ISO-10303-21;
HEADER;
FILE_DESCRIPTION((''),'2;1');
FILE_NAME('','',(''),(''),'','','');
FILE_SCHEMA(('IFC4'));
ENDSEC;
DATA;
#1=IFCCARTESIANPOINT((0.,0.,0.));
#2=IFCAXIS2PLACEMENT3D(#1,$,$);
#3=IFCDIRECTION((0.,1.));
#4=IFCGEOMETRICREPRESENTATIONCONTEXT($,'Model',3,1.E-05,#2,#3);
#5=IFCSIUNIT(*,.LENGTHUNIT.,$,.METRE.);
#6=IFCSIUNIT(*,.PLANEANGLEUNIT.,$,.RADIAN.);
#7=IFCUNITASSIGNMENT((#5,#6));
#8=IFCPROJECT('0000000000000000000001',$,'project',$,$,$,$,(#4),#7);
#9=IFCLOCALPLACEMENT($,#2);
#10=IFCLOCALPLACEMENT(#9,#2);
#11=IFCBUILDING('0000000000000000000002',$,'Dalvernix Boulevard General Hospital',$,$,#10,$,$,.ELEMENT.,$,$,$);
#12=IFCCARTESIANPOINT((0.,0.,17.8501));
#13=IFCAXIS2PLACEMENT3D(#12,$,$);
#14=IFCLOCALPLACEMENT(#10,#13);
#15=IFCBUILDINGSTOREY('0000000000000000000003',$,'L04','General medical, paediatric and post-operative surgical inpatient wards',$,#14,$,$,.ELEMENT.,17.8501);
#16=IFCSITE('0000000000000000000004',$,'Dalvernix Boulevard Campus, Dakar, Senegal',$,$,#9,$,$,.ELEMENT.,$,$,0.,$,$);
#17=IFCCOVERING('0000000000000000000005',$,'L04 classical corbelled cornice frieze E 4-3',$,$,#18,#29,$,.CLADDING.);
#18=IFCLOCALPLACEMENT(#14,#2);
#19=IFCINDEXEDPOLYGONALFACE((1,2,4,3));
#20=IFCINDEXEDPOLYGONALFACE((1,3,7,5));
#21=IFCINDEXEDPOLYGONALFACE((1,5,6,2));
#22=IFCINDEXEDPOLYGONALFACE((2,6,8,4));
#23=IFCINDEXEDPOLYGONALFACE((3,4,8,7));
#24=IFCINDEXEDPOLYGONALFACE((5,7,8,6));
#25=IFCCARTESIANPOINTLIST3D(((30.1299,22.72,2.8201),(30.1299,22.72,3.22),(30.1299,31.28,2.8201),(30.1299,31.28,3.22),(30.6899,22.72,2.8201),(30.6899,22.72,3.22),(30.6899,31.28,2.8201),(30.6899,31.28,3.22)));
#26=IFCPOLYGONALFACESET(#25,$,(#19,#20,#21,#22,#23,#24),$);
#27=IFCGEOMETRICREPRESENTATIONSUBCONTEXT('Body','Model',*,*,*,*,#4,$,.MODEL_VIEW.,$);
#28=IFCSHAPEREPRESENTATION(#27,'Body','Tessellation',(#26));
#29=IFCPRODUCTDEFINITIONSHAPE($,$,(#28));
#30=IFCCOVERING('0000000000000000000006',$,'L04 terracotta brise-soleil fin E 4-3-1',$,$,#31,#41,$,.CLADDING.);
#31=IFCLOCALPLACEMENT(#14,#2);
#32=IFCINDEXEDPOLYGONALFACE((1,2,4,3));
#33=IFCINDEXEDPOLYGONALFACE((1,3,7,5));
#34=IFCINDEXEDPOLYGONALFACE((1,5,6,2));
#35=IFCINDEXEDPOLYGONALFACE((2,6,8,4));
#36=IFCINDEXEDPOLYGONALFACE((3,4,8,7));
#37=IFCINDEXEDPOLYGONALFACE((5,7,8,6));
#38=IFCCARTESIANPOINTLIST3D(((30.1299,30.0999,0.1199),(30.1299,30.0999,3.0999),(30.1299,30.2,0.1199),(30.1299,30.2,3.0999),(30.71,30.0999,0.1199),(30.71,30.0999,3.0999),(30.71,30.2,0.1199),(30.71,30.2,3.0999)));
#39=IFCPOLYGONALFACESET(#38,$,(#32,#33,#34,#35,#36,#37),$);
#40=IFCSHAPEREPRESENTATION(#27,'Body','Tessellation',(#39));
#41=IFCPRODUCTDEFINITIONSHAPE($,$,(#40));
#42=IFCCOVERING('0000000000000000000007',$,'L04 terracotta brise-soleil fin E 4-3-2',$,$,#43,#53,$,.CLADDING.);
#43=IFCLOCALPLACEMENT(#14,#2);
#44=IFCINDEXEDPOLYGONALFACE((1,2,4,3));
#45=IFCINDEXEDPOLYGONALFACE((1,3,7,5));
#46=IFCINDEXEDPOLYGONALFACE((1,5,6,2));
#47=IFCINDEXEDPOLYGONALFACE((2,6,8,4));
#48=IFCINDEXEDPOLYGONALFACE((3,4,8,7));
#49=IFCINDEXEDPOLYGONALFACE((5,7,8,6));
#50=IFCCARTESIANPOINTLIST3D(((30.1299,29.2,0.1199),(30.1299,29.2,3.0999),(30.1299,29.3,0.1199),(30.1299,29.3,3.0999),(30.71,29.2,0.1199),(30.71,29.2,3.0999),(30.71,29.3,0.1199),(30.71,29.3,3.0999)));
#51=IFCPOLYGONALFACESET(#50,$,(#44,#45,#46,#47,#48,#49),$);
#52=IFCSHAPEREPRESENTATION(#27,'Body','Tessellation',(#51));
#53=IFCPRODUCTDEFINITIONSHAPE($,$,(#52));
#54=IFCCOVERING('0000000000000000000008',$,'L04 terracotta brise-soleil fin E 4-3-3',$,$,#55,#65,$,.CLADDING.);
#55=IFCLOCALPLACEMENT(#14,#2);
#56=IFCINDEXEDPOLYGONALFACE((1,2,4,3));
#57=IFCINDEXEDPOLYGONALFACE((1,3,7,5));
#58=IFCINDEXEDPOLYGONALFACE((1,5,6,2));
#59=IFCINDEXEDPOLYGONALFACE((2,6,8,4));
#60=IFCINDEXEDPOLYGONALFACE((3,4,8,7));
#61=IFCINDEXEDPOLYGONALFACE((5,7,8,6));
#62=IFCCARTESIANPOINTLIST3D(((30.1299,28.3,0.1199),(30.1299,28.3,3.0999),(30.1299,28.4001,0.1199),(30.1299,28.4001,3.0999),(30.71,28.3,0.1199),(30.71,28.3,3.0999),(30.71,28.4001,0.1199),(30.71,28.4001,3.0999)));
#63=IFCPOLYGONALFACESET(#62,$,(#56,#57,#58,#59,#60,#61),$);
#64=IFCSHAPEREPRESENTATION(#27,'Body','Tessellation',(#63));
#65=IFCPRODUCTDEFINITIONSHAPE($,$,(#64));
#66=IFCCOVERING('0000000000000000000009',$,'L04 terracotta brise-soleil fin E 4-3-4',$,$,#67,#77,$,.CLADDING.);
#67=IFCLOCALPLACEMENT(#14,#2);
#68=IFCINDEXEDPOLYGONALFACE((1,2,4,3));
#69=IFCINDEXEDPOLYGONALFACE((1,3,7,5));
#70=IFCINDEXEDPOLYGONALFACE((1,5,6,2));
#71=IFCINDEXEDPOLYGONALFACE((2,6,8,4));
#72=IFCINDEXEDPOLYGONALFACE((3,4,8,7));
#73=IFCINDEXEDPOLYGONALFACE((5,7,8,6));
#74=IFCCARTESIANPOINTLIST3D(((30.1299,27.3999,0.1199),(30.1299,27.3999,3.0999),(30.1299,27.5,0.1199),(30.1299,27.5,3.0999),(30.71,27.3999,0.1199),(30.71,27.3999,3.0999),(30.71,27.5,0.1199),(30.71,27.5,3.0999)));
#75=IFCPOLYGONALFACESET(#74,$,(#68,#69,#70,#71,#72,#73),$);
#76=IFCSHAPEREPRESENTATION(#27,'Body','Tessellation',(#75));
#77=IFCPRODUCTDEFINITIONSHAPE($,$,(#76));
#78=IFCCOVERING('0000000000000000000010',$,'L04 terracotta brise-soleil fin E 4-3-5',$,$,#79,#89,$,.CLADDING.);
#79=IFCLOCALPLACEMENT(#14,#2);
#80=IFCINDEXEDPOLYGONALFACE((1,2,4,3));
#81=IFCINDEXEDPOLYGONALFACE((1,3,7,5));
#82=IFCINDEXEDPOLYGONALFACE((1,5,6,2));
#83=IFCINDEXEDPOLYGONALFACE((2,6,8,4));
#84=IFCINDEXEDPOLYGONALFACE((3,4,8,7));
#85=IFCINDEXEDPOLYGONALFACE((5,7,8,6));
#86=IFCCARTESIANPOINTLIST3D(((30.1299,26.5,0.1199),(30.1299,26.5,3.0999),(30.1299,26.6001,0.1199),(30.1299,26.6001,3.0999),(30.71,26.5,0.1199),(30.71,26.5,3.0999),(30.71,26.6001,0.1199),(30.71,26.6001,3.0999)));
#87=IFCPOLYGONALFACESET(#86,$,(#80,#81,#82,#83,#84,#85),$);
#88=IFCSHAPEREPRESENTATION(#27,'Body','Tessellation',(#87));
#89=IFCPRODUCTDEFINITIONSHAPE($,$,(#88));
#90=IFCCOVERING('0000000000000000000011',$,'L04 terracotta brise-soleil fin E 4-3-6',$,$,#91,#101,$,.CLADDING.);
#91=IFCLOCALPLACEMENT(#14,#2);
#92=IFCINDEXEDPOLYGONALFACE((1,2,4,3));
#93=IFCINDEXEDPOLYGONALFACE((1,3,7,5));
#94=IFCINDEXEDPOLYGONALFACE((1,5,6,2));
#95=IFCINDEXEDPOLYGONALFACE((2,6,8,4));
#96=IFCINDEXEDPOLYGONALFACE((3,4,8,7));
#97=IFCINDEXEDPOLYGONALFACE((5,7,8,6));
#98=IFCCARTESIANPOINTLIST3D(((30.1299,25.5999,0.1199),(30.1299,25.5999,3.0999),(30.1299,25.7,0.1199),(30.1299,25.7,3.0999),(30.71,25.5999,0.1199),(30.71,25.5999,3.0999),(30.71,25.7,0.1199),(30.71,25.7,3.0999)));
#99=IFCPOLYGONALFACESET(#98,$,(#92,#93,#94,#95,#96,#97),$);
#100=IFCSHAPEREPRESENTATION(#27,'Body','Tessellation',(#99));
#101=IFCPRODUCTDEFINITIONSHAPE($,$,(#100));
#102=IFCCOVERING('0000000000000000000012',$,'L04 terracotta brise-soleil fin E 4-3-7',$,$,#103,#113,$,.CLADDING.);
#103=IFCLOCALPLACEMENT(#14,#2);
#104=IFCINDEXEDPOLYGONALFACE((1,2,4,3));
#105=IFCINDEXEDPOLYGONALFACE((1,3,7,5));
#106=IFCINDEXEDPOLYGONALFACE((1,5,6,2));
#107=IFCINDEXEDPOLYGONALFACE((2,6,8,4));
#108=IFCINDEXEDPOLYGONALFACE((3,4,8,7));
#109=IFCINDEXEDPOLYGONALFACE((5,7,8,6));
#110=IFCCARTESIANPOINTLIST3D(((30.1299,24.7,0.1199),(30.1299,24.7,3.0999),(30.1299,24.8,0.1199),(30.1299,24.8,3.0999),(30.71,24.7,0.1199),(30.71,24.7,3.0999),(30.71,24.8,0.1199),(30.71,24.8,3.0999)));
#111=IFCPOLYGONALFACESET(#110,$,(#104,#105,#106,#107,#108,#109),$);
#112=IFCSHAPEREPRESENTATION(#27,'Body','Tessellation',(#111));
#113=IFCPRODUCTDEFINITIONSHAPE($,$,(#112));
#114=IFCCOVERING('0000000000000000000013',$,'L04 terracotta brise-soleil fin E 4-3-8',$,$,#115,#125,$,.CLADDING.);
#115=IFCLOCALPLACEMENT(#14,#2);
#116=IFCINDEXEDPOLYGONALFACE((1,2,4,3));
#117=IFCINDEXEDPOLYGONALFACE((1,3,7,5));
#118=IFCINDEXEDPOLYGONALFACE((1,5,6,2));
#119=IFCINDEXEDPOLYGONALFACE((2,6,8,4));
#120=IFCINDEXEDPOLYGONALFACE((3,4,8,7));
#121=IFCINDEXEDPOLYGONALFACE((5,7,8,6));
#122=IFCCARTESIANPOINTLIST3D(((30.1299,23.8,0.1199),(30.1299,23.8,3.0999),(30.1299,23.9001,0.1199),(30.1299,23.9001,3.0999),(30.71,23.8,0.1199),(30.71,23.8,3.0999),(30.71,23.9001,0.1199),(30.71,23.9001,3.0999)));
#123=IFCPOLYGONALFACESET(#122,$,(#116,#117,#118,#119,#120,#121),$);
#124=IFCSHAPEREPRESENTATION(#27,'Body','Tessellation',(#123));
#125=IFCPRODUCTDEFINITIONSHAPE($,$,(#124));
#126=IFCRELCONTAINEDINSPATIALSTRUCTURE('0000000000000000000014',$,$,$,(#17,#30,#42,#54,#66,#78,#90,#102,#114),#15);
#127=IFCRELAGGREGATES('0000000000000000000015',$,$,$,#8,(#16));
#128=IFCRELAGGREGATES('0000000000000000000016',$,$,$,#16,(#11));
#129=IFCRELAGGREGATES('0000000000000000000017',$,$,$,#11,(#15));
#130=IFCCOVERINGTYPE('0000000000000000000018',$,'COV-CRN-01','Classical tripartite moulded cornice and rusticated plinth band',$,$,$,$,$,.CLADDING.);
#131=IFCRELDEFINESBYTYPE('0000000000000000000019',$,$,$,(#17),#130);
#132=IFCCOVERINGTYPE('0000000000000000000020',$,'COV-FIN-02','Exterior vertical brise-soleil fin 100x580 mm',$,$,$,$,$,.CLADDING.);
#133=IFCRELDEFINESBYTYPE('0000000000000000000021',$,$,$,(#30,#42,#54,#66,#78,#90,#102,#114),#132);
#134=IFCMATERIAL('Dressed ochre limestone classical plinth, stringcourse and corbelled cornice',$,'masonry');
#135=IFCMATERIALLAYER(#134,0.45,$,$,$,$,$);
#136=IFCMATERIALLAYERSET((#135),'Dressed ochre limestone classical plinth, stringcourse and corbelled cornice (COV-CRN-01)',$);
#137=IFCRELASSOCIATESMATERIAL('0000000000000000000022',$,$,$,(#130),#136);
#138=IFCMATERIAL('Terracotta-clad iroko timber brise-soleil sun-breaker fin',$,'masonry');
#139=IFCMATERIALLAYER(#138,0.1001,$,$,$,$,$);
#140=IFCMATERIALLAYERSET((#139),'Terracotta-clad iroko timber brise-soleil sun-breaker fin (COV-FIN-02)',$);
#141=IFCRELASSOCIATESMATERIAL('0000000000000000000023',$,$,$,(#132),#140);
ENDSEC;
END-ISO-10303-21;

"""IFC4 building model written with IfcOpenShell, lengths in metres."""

from ifc_helpers import new_model, si_unit, direction, frame, origin, origin_2d, place, context, subcontext, project, spatial, rectangle, extrude, material, layer, layer_set, type_object, element, save


model = new_model("IFC4")

# Units and contexts
model_context = context("Model", 3, precision=1e-05, world=origin(), true_north=direction((0.0, 1.0)))
body_context = subcontext(model_context, "Body", "Model", "MODEL_VIEW")
ifc_project = project(units=[si_unit("LENGTHUNIT", "METRE"), si_unit("PLANEANGLEUNIT", "RADIAN")], contexts=[model_context])

# Site, building, storey
site_placement = place(None, origin())
site = spatial("IfcSite", under=ifc_project, at=site_placement, Name="Dalvernix Boulevard Campus, Dakar, Senegal", CompositionType="ELEMENT", RefElevation=0.0)
building_placement = place(site_placement, origin())
building = spatial("IfcBuilding", under=site, at=building_placement, Name="Dalvernix Boulevard General Hospital", CompositionType="ELEMENT")
storey_placement = place(building_placement, frame((0.0, 0.0, 17.8501)))
storey = spatial("IfcBuildingStorey", under=building, at=storey_placement, Name="L04", Description="General medical, paediatric and post-operative surgical inpatient wards", CompositionType="ELEMENT", Elevation=17.8501)

# Coverings
ifc_material_1 = material(Name="Dressed ochre limestone classical plinth, stringcourse and corbelled cornice", Category="masonry")
ifc_layer_1 = layer(ifc_material_1, 0.45)
ifc_layer_set_1 = layer_set([ifc_layer_1], Name="Dressed ochre limestone classical plinth, stringcourse and corbelled cornice (COV-CRN-01)")
covering_type_1 = type_object("IfcCoveringType", Name="COV-CRN-01", Description="Classical tripartite moulded cornice and rusticated plinth band", PredefinedType="CLADDING", material=ifc_layer_set_1)
covering_1_placement = place(storey_placement, frame((30.4099, 27.0, 2.8201), z_axis=(0.0, 0.0, 1.0), x_axis=(0.0, -1.0, 0.0)))
element("IfcCovering", 1, at=covering_1_placement, inside=storey, type_object=covering_type_1, Name="L04 classical corbelled cornice frieze E 4-3", PredefinedType="CLADDING", context=body_context, shape_type="SweptSolid", body=[
    extrude(rectangle(XDim=8.5601, YDim=0.5601, at=origin_2d()), origin(), (0.0, 0.0, 1.0), 0.3999),
])
ifc_material_2 = material(Name="Terracotta-clad iroko timber brise-soleil sun-breaker fin", Category="masonry")
ifc_layer_2 = layer(ifc_material_2, 0.1001)
ifc_layer_set_2 = layer_set([ifc_layer_2], Name="Terracotta-clad iroko timber brise-soleil sun-breaker fin (COV-FIN-02)")
covering_type_2 = type_object("IfcCoveringType", Name="COV-FIN-02", Description="Exterior vertical brise-soleil fin 100x580 mm", PredefinedType="CLADDING", material=ifc_layer_set_2)
for number, where, z_axis, x_axis, name in (
    (2, (30.4199, 30.1499, 0.1199), (0.0, 0.0, 1.0), (0.0, -1.0, 0.0), "L04 terracotta brise-soleil fin E 4-3-1"),
    (3, (30.4199, 29.25, 0.1199), (0.0, 0.0, 1.0), (0.0, -1.0, 0.0), "L04 terracotta brise-soleil fin E 4-3-2"),
    (4, (30.4199, 28.3501, 0.1199), (0.0, 0.0, 1.0), (0.0, -1.0, 0.0), "L04 terracotta brise-soleil fin E 4-3-3"),
    (5, (30.4199, 27.45, 0.1199), (0.0, 0.0, 1.0), (0.0, -1.0, 0.0), "L04 terracotta brise-soleil fin E 4-3-4"),
    (6, (30.4199, 26.55, 0.1199), (0.0, 0.0, 1.0), (0.0, -1.0, 0.0), "L04 terracotta brise-soleil fin E 4-3-5"),
    (7, (30.4199, 25.6499, 0.1199), (0.0, 0.0, 1.0), (0.0, -1.0, 0.0), "L04 terracotta brise-soleil fin E 4-3-6"),
    (8, (30.4199, 24.75, 0.1199), (0.0, 0.0, 1.0), (0.0, -1.0, 0.0), "L04 terracotta brise-soleil fin E 4-3-7"),
    (9, (30.4199, 23.8501, 0.1199), (0.0, 0.0, 1.0), (0.0, -1.0, 0.0), "L04 terracotta brise-soleil fin E 4-3-8"),
):
    element("IfcCovering", number, at=place(storey_placement, frame(where, z_axis=z_axis, x_axis=x_axis)), inside=storey, type_object=covering_type_2, Name=name, PredefinedType="CLADDING", context=body_context, shape_type="SweptSolid", body=[
        extrude(rectangle(XDim=0.1001, YDim=0.5801, at=origin_2d()), origin(), (0.0, 0.0, 1.0), 2.98),
    ])

save(model, "model.ifc")
